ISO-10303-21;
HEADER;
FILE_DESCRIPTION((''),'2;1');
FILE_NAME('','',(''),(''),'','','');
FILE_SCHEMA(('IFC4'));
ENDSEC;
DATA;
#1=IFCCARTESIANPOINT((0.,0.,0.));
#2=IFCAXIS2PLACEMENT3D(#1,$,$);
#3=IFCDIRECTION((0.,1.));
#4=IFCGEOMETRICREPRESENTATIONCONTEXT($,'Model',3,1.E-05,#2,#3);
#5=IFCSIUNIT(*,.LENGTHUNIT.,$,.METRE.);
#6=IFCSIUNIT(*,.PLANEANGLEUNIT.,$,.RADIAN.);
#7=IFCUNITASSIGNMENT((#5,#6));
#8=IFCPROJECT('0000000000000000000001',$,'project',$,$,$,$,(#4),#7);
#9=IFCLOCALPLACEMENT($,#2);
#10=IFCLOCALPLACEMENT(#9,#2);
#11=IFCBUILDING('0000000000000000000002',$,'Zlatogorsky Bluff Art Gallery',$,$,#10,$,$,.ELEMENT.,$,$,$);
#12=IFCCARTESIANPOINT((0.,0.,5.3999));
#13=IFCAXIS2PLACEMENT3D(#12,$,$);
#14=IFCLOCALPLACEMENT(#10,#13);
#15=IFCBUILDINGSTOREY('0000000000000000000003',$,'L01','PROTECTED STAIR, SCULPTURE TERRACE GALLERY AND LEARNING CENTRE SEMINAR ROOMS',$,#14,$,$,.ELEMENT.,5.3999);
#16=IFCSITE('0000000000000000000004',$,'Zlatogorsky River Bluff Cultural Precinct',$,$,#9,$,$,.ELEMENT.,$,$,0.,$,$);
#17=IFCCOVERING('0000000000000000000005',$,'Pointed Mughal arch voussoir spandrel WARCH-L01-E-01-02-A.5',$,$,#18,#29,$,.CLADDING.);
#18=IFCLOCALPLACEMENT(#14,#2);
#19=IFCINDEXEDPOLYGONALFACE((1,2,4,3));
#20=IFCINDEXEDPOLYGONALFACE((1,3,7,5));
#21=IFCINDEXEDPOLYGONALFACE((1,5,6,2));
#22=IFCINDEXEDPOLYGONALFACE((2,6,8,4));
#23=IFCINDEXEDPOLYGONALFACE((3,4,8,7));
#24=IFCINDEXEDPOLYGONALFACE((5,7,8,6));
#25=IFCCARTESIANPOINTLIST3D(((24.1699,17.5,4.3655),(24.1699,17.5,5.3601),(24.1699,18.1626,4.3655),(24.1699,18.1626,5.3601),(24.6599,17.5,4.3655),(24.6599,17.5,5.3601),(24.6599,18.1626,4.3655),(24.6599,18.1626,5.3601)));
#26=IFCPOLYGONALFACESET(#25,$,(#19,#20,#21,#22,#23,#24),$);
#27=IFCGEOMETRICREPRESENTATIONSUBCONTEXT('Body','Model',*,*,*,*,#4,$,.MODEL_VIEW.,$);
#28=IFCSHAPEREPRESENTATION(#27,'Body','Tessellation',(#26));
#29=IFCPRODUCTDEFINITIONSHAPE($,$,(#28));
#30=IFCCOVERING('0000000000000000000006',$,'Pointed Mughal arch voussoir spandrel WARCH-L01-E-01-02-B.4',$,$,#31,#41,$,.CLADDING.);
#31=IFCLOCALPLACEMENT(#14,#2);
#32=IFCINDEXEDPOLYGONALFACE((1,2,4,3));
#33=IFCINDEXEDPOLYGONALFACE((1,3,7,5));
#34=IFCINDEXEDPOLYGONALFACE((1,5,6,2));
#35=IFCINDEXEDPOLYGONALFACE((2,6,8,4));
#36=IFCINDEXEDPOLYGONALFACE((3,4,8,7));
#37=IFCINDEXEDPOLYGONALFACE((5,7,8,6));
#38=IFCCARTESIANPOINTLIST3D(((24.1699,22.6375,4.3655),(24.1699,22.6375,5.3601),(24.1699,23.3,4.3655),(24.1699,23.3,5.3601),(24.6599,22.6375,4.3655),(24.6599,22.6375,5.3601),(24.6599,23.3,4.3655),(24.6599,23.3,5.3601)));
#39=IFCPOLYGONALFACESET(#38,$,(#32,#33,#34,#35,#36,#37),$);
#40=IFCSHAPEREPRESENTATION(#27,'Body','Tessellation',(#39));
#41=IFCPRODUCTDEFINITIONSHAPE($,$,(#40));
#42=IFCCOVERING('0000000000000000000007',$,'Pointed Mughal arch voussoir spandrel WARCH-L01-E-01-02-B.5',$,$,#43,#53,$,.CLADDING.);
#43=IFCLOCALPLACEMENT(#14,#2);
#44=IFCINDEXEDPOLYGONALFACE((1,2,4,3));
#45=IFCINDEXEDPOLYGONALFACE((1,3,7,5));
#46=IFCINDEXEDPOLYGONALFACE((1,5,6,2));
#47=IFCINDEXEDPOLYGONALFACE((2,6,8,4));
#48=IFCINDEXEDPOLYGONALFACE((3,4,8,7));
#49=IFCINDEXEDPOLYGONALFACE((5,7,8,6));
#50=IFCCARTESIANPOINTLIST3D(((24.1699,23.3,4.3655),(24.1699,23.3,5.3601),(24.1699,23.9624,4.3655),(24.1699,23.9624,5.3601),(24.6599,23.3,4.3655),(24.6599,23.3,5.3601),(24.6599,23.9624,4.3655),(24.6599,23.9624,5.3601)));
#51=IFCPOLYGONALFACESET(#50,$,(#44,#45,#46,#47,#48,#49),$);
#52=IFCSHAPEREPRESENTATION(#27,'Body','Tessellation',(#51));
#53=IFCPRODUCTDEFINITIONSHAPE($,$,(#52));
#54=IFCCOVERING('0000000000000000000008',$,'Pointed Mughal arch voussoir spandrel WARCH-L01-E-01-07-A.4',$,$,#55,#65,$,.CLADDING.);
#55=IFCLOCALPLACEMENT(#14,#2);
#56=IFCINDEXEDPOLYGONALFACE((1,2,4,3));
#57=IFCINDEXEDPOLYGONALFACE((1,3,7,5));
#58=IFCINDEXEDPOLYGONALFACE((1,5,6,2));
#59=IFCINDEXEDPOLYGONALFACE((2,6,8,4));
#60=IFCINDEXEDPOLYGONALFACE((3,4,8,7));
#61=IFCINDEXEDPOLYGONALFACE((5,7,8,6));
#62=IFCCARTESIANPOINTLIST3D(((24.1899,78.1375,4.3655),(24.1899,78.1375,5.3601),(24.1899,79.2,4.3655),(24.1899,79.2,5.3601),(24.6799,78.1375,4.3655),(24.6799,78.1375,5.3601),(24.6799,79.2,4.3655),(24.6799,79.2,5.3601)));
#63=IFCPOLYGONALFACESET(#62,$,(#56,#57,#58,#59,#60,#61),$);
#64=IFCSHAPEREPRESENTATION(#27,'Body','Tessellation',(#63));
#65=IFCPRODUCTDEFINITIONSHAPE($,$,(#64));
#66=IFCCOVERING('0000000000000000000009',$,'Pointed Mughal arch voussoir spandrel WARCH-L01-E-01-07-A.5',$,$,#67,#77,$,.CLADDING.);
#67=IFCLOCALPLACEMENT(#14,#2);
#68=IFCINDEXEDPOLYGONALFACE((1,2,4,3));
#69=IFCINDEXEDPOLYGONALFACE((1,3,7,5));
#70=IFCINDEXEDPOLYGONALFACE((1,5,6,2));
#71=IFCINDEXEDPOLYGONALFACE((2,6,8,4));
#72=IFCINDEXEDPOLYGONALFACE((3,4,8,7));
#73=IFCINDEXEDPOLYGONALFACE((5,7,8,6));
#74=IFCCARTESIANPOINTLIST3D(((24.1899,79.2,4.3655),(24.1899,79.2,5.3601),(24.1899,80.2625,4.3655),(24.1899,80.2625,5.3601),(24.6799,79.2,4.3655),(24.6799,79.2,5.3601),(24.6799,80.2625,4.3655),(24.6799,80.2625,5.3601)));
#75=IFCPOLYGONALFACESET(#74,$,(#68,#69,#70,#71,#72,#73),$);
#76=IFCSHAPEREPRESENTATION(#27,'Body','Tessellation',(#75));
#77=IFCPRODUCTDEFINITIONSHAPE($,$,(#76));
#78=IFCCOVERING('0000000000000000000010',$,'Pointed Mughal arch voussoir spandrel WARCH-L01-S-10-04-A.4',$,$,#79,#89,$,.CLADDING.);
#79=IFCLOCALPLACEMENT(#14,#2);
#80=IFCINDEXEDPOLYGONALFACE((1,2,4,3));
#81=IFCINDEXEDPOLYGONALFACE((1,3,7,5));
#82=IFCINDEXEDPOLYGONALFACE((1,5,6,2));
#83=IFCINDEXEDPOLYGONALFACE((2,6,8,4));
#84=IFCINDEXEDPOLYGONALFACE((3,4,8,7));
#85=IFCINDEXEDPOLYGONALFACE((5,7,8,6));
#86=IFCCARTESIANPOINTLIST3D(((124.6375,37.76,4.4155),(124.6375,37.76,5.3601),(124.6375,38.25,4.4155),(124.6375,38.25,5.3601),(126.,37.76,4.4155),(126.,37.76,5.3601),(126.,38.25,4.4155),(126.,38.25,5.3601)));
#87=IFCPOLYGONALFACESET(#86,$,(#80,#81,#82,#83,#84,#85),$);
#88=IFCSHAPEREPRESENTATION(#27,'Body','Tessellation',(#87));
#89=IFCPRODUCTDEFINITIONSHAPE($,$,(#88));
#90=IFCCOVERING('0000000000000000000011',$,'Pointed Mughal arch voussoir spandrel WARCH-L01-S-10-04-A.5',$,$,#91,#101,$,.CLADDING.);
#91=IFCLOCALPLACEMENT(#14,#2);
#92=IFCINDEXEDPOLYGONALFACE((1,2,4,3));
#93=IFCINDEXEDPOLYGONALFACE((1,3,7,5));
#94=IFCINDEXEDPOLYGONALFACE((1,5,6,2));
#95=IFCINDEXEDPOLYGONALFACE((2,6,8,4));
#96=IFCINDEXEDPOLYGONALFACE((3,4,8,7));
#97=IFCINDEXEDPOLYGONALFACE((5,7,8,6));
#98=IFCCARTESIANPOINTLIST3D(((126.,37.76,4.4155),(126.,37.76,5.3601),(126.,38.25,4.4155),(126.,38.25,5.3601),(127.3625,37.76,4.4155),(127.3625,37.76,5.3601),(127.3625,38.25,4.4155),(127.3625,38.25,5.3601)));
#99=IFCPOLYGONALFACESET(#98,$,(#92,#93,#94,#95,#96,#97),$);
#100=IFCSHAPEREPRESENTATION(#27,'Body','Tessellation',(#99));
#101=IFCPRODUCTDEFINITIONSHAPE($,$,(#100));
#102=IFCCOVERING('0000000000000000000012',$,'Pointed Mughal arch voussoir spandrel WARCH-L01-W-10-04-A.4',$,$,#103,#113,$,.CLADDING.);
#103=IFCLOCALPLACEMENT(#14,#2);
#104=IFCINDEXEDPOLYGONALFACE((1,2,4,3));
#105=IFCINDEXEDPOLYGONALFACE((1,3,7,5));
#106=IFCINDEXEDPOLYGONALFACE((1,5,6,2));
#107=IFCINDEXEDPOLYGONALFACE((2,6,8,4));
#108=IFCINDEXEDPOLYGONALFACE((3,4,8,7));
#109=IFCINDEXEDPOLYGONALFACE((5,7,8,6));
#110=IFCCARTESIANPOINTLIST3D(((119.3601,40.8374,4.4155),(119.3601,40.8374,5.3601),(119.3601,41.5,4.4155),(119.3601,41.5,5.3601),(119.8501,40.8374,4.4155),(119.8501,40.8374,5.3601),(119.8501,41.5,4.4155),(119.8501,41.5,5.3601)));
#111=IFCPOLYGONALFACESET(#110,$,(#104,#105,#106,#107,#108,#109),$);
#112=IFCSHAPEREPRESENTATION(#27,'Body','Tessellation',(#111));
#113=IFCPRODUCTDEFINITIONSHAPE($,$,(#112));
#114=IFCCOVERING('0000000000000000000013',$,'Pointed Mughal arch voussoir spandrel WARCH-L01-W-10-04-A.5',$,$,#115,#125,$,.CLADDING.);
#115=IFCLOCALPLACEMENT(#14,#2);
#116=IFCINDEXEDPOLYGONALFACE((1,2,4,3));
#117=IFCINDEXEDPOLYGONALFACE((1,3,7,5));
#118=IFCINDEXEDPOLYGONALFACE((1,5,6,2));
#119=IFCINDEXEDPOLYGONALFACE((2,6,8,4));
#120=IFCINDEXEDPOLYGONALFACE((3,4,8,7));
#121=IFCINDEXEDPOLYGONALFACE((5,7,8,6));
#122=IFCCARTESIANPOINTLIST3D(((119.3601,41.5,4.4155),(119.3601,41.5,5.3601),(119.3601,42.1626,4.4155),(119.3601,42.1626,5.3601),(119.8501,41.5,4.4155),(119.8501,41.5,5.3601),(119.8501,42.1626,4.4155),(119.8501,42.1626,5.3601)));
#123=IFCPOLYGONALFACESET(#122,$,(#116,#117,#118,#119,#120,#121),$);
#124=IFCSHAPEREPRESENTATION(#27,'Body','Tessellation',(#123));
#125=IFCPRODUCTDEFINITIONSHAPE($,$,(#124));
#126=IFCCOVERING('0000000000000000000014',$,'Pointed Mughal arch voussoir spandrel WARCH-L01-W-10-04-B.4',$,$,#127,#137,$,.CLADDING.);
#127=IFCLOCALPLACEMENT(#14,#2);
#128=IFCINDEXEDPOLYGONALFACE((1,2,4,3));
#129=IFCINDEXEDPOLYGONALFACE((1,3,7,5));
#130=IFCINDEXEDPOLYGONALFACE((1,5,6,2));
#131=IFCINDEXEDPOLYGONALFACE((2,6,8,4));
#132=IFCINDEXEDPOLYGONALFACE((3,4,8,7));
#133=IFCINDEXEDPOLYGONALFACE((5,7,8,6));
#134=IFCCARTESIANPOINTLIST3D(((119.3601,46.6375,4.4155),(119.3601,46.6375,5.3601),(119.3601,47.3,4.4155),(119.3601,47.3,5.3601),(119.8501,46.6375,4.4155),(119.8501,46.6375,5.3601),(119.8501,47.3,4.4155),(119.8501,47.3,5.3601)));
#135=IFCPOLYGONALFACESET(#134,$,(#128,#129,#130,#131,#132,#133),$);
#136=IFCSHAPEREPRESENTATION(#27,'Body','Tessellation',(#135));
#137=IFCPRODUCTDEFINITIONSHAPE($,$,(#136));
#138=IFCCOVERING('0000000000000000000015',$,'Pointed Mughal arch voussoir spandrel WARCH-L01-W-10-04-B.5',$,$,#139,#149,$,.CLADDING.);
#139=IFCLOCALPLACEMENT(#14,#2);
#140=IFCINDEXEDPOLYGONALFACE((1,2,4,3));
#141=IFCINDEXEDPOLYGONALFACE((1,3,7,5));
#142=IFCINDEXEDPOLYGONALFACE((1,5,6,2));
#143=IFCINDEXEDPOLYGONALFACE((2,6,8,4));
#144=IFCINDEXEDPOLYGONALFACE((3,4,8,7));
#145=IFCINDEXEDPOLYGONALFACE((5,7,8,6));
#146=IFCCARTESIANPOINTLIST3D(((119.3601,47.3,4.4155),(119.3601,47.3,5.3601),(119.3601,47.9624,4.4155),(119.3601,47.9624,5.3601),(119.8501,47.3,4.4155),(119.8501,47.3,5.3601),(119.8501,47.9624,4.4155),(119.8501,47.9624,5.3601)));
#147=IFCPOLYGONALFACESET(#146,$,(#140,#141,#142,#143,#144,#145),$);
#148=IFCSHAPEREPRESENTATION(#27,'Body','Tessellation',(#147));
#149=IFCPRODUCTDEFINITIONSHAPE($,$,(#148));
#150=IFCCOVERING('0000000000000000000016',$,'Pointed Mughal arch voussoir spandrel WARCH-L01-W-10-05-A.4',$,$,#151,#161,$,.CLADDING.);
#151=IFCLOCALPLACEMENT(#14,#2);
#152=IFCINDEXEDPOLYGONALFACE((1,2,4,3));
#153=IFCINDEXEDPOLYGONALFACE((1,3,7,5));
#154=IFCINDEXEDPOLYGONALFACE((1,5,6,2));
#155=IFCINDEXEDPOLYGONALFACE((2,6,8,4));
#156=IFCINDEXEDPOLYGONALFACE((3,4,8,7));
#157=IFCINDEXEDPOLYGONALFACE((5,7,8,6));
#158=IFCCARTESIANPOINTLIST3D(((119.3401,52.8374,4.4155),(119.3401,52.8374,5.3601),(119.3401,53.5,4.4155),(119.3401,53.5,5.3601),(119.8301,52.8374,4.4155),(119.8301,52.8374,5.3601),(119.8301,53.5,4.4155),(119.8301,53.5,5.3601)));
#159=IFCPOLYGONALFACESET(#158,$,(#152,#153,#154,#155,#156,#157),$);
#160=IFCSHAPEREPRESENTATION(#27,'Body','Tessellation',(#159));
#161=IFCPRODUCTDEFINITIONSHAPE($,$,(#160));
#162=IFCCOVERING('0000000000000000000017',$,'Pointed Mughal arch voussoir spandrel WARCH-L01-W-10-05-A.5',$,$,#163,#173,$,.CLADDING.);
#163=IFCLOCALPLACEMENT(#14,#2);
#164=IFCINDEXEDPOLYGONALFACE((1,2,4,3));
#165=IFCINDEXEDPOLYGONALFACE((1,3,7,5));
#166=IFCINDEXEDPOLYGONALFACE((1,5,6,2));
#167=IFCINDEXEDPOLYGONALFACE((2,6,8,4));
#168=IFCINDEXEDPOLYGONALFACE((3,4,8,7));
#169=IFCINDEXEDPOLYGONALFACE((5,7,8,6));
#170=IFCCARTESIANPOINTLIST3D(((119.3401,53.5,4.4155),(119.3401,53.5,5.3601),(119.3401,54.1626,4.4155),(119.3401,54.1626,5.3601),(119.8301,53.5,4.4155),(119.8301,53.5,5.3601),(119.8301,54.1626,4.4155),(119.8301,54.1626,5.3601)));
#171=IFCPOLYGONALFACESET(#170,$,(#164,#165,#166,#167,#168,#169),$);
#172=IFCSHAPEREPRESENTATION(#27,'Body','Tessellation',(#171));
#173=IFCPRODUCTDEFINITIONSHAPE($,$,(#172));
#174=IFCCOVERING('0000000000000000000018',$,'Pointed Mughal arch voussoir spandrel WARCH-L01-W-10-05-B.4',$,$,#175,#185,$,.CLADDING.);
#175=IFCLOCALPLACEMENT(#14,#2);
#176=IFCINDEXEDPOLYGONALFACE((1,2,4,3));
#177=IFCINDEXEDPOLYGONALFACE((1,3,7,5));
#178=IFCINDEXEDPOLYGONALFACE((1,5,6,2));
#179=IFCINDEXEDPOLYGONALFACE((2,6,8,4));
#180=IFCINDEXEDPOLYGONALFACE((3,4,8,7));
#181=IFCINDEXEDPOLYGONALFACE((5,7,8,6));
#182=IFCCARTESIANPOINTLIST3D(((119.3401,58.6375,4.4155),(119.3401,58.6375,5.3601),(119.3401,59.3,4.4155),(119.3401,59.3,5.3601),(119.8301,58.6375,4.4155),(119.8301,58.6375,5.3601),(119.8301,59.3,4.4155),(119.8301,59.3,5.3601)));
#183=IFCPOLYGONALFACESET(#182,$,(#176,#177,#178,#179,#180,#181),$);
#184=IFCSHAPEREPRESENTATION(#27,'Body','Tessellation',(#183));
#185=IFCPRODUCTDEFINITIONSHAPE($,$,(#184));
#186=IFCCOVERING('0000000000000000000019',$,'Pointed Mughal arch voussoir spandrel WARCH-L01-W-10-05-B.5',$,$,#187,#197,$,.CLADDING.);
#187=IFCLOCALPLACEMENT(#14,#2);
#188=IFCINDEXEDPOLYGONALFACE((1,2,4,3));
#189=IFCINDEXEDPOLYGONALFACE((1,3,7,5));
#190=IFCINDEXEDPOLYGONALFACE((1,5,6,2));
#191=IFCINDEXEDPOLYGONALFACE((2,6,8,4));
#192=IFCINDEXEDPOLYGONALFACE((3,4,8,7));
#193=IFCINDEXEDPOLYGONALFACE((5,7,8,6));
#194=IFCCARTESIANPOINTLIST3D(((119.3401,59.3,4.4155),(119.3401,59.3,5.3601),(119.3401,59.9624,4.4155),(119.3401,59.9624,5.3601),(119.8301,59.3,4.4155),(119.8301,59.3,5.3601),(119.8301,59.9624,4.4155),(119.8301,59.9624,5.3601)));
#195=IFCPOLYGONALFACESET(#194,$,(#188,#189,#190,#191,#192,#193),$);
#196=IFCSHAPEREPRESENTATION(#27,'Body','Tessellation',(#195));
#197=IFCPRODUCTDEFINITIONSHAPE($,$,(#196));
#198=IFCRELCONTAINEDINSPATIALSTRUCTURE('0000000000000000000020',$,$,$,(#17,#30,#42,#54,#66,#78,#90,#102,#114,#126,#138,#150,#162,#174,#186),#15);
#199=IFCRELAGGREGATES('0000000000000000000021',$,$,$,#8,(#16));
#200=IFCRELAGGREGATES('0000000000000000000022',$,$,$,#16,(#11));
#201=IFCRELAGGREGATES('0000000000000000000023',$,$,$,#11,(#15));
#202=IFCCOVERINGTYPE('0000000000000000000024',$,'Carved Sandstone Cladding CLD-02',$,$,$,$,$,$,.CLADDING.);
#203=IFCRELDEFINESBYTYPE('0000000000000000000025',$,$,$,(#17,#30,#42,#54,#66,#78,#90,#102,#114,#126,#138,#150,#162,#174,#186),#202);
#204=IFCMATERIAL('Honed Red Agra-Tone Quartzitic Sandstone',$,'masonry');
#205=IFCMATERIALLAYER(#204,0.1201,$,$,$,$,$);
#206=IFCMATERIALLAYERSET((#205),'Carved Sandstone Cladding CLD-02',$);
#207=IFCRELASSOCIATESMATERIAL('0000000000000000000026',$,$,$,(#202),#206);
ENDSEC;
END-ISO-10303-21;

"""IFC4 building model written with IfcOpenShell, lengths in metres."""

from ifc_helpers import new_model, si_unit, direction, frame, origin, place, context, subcontext, project, spatial, polyline, outline, extrude, material, layer, layer_set, type_object, element, save


model = new_model("IFC4")

# Units and contexts
model_context = context("Model", 3, precision=1e-05, world=origin(), true_north=direction((0.0, 1.0)))
body_context = subcontext(model_context, "Body", "Model", "MODEL_VIEW")
ifc_project = project(units=[si_unit("LENGTHUNIT", "METRE"), si_unit("PLANEANGLEUNIT", "RADIAN")], contexts=[model_context])

# Site, building, storey
site_placement = place(None, origin())
site = spatial("IfcSite", under=ifc_project, at=site_placement, Name="Zlatogorsky River Bluff Cultural Precinct", CompositionType="ELEMENT", RefElevation=0.0)
building_placement = place(site_placement, origin())
building = spatial("IfcBuilding", under=site, at=building_placement, Name="Zlatogorsky Bluff Art Gallery", CompositionType="ELEMENT")
storey_placement = place(building_placement, frame((0.0, 0.0, 5.3999)))
storey = spatial("IfcBuildingStorey", under=building, at=storey_placement, Name="L01", Description="PROTECTED STAIR, SCULPTURE TERRACE GALLERY AND LEARNING CENTRE SEMINAR ROOMS", CompositionType="ELEMENT", Elevation=5.3999)

# Coverings
ifc_material = material(Name="Honed Red Agra-Tone Quartzitic Sandstone", Category="masonry")
ifc_layer = layer(ifc_material, 0.1201)
ifc_layer_set = layer_set([ifc_layer], Name="Carved Sandstone Cladding CLD-02")
covering_type = type_object("IfcCoveringType", Name="Carved Sandstone Cladding CLD-02", PredefinedType="CLADDING", material=ifc_layer_set)
covering_1_placement = place(storey_placement, frame((0.0, 0.0, 4.3655)))
element("IfcCovering", 1, at=covering_1_placement, inside=storey, type_object=covering_type, Name="Pointed Mughal arch voussoir spandrel WARCH-L01-E-01-02-A.5", PredefinedType="CLADDING", context=body_context, shape_type="SweptSolid", body=[
    extrude(outline(polyline([(24.1699, 17.5), (24.1699, 18.1626), (24.6599, 18.1626), (24.6599, 17.5), (24.1699, 17.5)])), origin(), (0.0, 0.0, 1.0), 0.9946),
])
covering_2_placement = place(storey_placement, frame((0.0, 0.0, 4.3655)))
element("IfcCovering", 2, at=covering_2_placement, inside=storey, type_object=covering_type, Name="Pointed Mughal arch voussoir spandrel WARCH-L01-E-01-02-B.4", PredefinedType="CLADDING", context=body_context, shape_type="SweptSolid", body=[
    extrude(outline(polyline([(24.1699, 22.6375), (24.1699, 23.3), (24.6599, 23.3), (24.6599, 22.6375), (24.1699, 22.6375)])), origin(), (0.0, 0.0, 1.0), 0.9946),
])
covering_3_placement = place(storey_placement, frame((0.0, 0.0, 4.3655)))
element("IfcCovering", 3, at=covering_3_placement, inside=storey, type_object=covering_type, Name="Pointed Mughal arch voussoir spandrel WARCH-L01-E-01-02-B.5", PredefinedType="CLADDING", context=body_context, shape_type="SweptSolid", body=[
    extrude(outline(polyline([(24.1699, 23.3), (24.1699, 23.9624), (24.6599, 23.9624), (24.6599, 23.3), (24.1699, 23.3)])), origin(), (0.0, 0.0, 1.0), 0.9946),
])
covering_4_placement = place(storey_placement, frame((0.0, 0.0, 4.3655)))
element("IfcCovering", 4, at=covering_4_placement, inside=storey, type_object=covering_type, Name="Pointed Mughal arch voussoir spandrel WARCH-L01-E-01-07-A.4", PredefinedType="CLADDING", context=body_context, shape_type="SweptSolid", body=[
    extrude(outline(polyline([(24.1899, 78.1375), (24.1899, 79.2), (24.6799, 79.2), (24.6799, 78.1375), (24.1899, 78.1375)])), origin(), (0.0, 0.0, 1.0), 0.9946),
])
covering_5_placement = place(storey_placement, frame((0.0, 0.0, 4.3655)))
element("IfcCovering", 5, at=covering_5_placement, inside=storey, type_object=covering_type, Name="Pointed Mughal arch voussoir spandrel WARCH-L01-E-01-07-A.5", PredefinedType="CLADDING", context=body_context, shape_type="SweptSolid", body=[
    extrude(outline(polyline([(24.1899, 79.2), (24.1899, 80.2625), (24.6799, 80.2625), (24.6799, 79.2), (24.1899, 79.2)])), origin(), (0.0, 0.0, 1.0), 0.9946),
])
covering_6_placement = place(storey_placement, frame((0.0, 0.0, 4.4155)))
element("IfcCovering", 6, at=covering_6_placement, inside=storey, type_object=covering_type, Name="Pointed Mughal arch voussoir spandrel WARCH-L01-S-10-04-A.4", PredefinedType="CLADDING", context=body_context, shape_type="SweptSolid", body=[
    extrude(outline(polyline([(124.6375, 37.76), (126.0, 37.76), (126.0, 38.25), (124.6375, 38.25), (124.6375, 37.76)])), origin(), (0.0, 0.0, 1.0), 0.9446),
])
covering_7_placement = place(storey_placement, frame((0.0, 0.0, 4.4155)))
element("IfcCovering", 7, at=covering_7_placement, inside=storey, type_object=covering_type, Name="Pointed Mughal arch voussoir spandrel WARCH-L01-S-10-04-A.5", PredefinedType="CLADDING", context=body_context, shape_type="SweptSolid", body=[
    extrude(outline(polyline([(126.0, 37.76), (127.3625, 37.76), (127.3625, 38.25), (126.0, 38.25), (126.0, 37.76)])), origin(), (0.0, 0.0, 1.0), 0.9446),
])
covering_8_placement = place(storey_placement, frame((0.0, 0.0, 4.4155)))
element("IfcCovering", 8, at=covering_8_placement, inside=storey, type_object=covering_type, Name="Pointed Mughal arch voussoir spandrel WARCH-L01-W-10-04-A.4", PredefinedType="CLADDING", context=body_context, shape_type="SweptSolid", body=[
    extrude(outline(polyline([(119.3601, 40.8374), (119.3601, 41.5), (119.8501, 41.5), (119.8501, 40.8374), (119.3601, 40.8374)])), origin(), (0.0, 0.0, 1.0), 0.9446),
])
covering_9_placement = place(storey_placement, frame((0.0, 0.0, 4.4155)))
element("IfcCovering", 9, at=covering_9_placement, inside=storey, type_object=covering_type, Name="Pointed Mughal arch voussoir spandrel WARCH-L01-W-10-04-A.5", PredefinedType="CLADDING", context=body_context, shape_type="SweptSolid", body=[
    extrude(outline(polyline([(119.3601, 41.5), (119.3601, 42.1626), (119.8501, 42.1626), (119.8501, 41.5), (119.3601, 41.5)])), origin(), (0.0, 0.0, 1.0), 0.9446),
])
covering_10_placement = place(storey_placement, frame((0.0, 0.0, 4.4155)))
element("IfcCovering", 10, at=covering_10_placement, inside=storey, type_object=covering_type, Name="Pointed Mughal arch voussoir spandrel WARCH-L01-W-10-04-B.4", PredefinedType="CLADDING", context=body_context, shape_type="SweptSolid", body=[
    extrude(outline(polyline([(119.3601, 46.6375), (119.3601, 47.3), (119.8501, 47.3), (119.8501, 46.6375), (119.3601, 46.6375)])), origin(), (0.0, 0.0, 1.0), 0.9446),
])
covering_11_placement = place(storey_placement, frame((0.0, 0.0, 4.4155)))
element("IfcCovering", 11, at=covering_11_placement, inside=storey, type_object=covering_type, Name="Pointed Mughal arch voussoir spandrel WARCH-L01-W-10-04-B.5", PredefinedType="CLADDING", context=body_context, shape_type="SweptSolid", body=[
    extrude(outline(polyline([(119.3601, 47.3), (119.3601, 47.9624), (119.8501, 47.9624), (119.8501, 47.3), (119.3601, 47.3)])), origin(), (0.0, 0.0, 1.0), 0.9446),
])
covering_12_placement = place(storey_placement, frame((0.0, 0.0, 4.4155)))
element("IfcCovering", 12, at=covering_12_placement, inside=storey, type_object=covering_type, Name="Pointed Mughal arch voussoir spandrel WARCH-L01-W-10-05-A.4", PredefinedType="CLADDING", context=body_context, shape_type="SweptSolid", body=[
    extrude(outline(polyline([(119.3401, 52.8374), (119.3401, 53.5), (119.8301, 53.5), (119.8301, 52.8374), (119.3401, 52.8374)])), origin(), (0.0, 0.0, 1.0), 0.9446),
])
covering_13_placement = place(storey_placement, frame((0.0, 0.0, 4.4155)))
element("IfcCovering", 13, at=covering_13_placement, inside=storey, type_object=covering_type, Name="Pointed Mughal arch voussoir spandrel WARCH-L01-W-10-05-A.5", PredefinedType="CLADDING", context=body_context, shape_type="SweptSolid", body=[
    extrude(outline(polyline([(119.3401, 53.5), (119.3401, 54.1626), (119.8301, 54.1626), (119.8301, 53.5), (119.3401, 53.5)])), origin(), (0.0, 0.0, 1.0), 0.9446),
])
covering_14_placement = place(storey_placement, frame((0.0, 0.0, 4.4155)))
element("IfcCovering", 14, at=covering_14_placement, inside=storey, type_object=covering_type, Name="Pointed Mughal arch voussoir spandrel WARCH-L01-W-10-05-B.4", PredefinedType="CLADDING", context=body_context, shape_type="SweptSolid", body=[
    extrude(outline(polyline([(119.3401, 58.6375), (119.3401, 59.3), (119.8301, 59.3), (119.8301, 58.6375), (119.3401, 58.6375)])), origin(), (0.0, 0.0, 1.0), 0.9446),
])
covering_15_placement = place(storey_placement, frame((0.0, 0.0, 4.4155)))
element("IfcCovering", 15, at=covering_15_placement, inside=storey, type_object=covering_type, Name="Pointed Mughal arch voussoir spandrel WARCH-L01-W-10-05-B.5", PredefinedType="CLADDING", context=body_context, shape_type="SweptSolid", body=[
    extrude(outline(polyline([(119.3401, 59.3), (119.3401, 59.9624), (119.8301, 59.9624), (119.8301, 59.3), (119.3401, 59.3)])), origin(), (0.0, 0.0, 1.0), 0.9446),
])

save(model, "model.ifc")
